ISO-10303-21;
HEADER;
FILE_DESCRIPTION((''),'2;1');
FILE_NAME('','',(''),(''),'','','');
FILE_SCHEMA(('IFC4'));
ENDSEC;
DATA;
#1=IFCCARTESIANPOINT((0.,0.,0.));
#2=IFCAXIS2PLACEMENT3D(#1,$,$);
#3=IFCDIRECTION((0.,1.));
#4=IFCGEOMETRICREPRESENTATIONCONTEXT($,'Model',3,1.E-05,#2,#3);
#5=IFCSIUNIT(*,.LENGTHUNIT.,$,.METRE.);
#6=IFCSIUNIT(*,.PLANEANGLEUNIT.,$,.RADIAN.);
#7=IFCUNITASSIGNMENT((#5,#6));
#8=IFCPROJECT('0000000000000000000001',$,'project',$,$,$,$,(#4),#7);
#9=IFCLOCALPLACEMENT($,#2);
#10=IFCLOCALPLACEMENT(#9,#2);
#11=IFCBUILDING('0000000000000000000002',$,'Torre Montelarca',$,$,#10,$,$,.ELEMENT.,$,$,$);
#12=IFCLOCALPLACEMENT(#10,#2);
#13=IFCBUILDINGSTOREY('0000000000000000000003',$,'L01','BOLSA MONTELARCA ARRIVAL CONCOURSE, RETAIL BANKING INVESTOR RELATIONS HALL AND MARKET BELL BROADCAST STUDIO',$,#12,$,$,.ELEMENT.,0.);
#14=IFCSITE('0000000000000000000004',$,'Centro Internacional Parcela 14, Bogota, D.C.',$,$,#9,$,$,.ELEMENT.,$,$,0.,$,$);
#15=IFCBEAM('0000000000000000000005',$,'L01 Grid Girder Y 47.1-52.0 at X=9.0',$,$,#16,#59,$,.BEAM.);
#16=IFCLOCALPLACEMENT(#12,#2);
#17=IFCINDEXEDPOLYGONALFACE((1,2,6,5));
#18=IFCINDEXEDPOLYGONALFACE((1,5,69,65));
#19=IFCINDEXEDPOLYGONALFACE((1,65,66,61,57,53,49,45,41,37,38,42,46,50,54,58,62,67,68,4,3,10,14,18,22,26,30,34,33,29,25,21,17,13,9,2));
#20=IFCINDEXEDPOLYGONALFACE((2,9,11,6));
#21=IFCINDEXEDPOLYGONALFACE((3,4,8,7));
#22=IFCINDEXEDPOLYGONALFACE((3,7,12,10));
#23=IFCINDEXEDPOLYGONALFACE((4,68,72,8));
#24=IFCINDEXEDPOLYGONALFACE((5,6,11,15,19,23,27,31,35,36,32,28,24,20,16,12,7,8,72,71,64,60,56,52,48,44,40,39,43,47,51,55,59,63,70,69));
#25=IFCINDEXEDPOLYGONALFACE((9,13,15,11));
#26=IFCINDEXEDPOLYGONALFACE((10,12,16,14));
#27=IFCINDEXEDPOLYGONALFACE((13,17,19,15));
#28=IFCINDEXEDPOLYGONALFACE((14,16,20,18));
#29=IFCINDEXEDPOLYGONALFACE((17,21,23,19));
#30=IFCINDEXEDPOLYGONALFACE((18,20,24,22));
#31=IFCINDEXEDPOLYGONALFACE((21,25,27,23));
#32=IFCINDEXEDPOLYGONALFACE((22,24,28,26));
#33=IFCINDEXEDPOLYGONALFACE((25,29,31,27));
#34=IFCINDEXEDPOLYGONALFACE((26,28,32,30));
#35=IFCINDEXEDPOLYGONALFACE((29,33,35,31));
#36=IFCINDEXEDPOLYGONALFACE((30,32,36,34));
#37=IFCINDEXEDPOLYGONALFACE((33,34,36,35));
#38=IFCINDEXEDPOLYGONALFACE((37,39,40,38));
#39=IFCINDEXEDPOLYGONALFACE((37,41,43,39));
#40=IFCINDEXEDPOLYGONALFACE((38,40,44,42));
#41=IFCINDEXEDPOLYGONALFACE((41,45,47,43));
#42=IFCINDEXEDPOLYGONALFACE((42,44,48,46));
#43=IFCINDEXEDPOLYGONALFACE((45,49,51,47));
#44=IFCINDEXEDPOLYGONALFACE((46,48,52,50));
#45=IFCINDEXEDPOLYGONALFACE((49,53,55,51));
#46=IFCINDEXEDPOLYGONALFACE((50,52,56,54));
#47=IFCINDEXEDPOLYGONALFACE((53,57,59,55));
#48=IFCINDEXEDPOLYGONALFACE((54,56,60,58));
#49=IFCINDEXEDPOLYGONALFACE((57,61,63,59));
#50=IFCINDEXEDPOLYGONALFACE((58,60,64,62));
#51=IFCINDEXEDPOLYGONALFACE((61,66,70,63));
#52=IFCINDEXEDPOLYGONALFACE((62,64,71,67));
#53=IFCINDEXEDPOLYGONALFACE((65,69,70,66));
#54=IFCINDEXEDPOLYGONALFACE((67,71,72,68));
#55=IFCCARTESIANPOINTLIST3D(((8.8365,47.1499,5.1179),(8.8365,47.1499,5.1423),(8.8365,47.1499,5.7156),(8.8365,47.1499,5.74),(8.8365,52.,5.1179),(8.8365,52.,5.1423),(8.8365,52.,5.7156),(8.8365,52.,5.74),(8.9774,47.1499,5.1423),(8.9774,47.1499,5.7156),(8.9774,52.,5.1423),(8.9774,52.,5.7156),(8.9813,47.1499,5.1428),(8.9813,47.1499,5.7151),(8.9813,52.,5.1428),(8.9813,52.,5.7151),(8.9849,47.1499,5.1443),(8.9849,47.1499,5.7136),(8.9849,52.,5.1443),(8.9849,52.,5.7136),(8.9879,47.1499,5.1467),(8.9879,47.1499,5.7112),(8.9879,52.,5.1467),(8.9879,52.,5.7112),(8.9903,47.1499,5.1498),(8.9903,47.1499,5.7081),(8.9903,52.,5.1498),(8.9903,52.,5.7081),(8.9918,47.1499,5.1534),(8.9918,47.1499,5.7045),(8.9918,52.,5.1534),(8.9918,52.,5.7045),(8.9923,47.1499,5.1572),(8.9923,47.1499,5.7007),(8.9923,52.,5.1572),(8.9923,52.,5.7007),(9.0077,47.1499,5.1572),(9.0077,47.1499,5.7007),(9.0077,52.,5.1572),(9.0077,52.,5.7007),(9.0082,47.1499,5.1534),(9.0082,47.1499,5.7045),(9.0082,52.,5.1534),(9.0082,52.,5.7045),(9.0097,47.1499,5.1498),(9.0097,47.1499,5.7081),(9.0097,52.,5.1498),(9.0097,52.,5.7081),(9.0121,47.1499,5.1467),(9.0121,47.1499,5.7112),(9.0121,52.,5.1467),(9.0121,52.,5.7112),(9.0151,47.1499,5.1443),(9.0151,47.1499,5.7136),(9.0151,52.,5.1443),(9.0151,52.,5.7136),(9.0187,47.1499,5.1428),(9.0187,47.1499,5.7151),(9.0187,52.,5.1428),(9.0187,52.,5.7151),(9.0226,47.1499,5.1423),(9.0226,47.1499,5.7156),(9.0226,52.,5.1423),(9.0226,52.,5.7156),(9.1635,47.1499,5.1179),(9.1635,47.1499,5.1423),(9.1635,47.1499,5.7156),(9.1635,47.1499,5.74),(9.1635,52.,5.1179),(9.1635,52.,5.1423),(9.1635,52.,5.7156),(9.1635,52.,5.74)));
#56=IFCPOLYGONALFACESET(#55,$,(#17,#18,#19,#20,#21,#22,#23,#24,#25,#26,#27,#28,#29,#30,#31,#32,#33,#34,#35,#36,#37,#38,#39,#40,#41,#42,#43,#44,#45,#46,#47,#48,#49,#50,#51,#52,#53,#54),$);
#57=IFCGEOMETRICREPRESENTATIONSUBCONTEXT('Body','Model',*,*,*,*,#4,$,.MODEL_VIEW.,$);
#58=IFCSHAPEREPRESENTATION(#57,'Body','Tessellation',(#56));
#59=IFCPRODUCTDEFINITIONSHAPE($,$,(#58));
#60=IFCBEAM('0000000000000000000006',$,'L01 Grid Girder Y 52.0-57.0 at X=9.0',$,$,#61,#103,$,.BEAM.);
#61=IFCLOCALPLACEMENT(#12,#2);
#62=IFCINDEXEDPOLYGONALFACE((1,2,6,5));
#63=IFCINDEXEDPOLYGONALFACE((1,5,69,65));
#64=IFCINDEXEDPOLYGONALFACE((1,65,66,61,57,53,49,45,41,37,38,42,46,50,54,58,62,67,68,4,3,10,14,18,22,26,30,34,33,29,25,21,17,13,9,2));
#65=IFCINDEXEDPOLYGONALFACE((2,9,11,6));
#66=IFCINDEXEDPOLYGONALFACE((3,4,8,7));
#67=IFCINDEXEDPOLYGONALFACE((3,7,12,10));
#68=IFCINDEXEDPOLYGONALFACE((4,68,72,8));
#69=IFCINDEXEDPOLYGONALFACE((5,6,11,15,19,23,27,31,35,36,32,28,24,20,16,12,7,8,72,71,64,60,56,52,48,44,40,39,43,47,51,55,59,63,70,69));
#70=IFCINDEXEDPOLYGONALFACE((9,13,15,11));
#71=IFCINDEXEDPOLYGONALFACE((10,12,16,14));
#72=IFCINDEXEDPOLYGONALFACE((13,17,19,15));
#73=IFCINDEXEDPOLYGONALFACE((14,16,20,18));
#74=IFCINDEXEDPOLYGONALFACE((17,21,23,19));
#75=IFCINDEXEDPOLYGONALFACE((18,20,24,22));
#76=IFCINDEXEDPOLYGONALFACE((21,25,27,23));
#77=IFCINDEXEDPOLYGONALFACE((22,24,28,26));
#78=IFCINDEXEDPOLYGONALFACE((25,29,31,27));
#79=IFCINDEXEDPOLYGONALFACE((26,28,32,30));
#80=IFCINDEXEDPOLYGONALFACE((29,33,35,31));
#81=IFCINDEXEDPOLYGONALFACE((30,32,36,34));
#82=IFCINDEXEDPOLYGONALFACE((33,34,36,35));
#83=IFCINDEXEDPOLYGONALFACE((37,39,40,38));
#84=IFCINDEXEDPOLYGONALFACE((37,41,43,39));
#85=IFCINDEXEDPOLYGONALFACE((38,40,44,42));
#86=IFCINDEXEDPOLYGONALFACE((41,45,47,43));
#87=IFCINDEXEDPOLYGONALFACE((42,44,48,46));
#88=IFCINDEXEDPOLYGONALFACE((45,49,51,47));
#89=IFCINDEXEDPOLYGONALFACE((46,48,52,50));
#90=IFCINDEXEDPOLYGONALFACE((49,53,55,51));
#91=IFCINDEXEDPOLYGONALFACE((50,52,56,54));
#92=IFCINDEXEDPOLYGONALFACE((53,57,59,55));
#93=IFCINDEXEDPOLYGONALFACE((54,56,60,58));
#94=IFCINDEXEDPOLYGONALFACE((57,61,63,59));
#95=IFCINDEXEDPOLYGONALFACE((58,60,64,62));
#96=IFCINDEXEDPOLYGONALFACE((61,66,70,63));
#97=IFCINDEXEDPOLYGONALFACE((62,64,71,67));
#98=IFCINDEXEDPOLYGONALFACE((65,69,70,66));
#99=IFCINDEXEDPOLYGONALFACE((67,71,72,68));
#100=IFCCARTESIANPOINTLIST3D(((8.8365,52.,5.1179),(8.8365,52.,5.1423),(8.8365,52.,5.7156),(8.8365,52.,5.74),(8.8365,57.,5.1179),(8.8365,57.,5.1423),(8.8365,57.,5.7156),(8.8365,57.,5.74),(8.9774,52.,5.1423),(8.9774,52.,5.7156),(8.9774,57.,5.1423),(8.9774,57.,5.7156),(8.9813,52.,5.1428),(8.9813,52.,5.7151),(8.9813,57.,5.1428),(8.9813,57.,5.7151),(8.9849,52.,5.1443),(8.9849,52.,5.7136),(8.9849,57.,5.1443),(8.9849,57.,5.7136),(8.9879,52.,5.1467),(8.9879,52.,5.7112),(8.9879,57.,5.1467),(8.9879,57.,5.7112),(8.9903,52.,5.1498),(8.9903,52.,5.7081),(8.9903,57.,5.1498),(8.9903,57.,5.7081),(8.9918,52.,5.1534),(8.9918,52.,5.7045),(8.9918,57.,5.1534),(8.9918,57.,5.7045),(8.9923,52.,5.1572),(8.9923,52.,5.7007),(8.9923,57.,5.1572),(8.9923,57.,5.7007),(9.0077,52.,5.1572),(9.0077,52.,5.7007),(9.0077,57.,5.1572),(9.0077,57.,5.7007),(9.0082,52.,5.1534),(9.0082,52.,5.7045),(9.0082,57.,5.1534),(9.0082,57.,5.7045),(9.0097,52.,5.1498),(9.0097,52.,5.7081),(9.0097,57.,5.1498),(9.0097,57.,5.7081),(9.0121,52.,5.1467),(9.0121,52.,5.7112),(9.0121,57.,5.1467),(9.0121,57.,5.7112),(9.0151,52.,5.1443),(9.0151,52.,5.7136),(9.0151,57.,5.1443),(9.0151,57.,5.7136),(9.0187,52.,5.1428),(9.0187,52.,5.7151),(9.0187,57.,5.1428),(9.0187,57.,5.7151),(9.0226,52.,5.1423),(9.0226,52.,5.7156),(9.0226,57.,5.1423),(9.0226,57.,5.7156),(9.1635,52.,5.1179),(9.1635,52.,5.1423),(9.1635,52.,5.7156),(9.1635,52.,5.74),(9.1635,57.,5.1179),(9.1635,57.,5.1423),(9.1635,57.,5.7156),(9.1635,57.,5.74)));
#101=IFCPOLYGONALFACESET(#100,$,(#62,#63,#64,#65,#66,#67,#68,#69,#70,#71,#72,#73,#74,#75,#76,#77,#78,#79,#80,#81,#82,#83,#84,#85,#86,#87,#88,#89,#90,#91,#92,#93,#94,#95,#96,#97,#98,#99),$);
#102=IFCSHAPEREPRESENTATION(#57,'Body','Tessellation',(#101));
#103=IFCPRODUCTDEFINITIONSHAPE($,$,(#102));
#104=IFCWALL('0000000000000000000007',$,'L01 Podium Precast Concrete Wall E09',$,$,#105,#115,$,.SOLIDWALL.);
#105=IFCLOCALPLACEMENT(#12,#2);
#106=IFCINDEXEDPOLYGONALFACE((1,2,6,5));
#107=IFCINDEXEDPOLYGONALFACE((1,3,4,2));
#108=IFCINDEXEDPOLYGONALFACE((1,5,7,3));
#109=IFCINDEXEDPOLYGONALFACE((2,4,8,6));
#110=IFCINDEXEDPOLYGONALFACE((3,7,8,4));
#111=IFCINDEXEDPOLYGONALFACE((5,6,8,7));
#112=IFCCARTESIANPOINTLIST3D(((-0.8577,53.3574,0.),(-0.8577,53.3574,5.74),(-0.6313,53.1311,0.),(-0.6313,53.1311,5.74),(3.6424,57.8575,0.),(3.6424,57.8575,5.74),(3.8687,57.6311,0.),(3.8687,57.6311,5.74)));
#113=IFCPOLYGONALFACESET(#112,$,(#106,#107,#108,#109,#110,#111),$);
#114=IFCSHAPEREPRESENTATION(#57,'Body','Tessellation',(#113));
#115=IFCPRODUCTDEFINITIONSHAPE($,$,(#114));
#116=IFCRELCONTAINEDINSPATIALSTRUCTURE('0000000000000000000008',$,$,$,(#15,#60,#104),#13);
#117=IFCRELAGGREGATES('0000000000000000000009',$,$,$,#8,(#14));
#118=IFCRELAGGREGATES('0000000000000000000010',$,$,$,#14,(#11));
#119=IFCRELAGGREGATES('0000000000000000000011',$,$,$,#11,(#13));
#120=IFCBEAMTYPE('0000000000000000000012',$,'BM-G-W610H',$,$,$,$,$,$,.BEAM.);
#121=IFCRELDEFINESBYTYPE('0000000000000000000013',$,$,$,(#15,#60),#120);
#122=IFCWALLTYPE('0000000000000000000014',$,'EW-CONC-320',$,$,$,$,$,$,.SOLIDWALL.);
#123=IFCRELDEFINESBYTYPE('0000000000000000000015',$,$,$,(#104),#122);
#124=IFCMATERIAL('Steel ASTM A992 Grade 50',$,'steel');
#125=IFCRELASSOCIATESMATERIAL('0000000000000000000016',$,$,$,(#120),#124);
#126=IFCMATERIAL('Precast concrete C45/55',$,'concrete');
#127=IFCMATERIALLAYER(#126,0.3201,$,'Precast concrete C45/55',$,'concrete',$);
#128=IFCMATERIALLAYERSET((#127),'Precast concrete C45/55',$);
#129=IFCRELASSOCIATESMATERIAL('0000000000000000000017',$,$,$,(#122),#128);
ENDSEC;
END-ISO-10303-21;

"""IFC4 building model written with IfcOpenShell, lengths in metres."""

from ifc_helpers import new_model, si_unit, direction, frame, frame_2d, origin, origin_2d, place, context, subcontext, project, spatial, rectangle, i_section, extrude, source, transform, mapped, material, layer, layer_set, material_profile, profile_set, type_object, element, save


model = new_model("IFC4")

# Units and contexts
model_context = context("Model", 3, precision=1e-05, world=origin(), true_north=direction((0.0, 1.0)))
body_context = subcontext(model_context, "Body", "Model", "MODEL_VIEW")
ifc_project = project(units=[si_unit("LENGTHUNIT", "METRE"), si_unit("PLANEANGLEUNIT", "RADIAN")], contexts=[model_context])

# Site, building, storey
site_placement = place(None, origin())
site = spatial("IfcSite", under=ifc_project, at=site_placement, Name="Centro Internacional Parcela 14, Bogota, D.C.", CompositionType="ELEMENT", RefElevation=0.0)
building_placement = place(site_placement, origin())
building = spatial("IfcBuilding", under=site, at=building_placement, Name="Torre Montelarca", CompositionType="ELEMENT")
storey_placement = place(building_placement, origin())
storey = spatial("IfcBuildingStorey", under=building, at=storey_placement, Name="L01", Description="BOLSA MONTELARCA ARRIVAL CONCOURSE, RETAIL BANKING INVESTOR RELATIONS HALL AND MARKET BELL BROADCAST STUDIO", CompositionType="ELEMENT", Elevation=0.0)

# Beams
ifc_material_1 = material(Name="Steel ASTM A992 Grade 50", Category="steel")
ifc_material_profile_1 = material_profile(ifc_material_1, i_section(OverallWidth=0.3269, OverallDepth=0.6221, WebThickness=0.0154, FlangeThickness=0.0244, FilletRadius=0.0149, at=origin_2d()), Name="W610X195", Category="steel")
ifc_profile_set_1 = profile_set([ifc_material_profile_1], Name="Steel ASTM A992 Grade 50")
beam_type_1 = type_object("IfcBeamType", Name="BM-G-W610H", PredefinedType="BEAM", material=ifc_profile_set_1)
shared_shape_1 = source(origin(), body_context, "Body", "SweptSolid", [
    extrude(i_section(OverallWidth=0.3269, OverallDepth=0.6221, WebThickness=0.0154, FlangeThickness=0.0244, FilletRadius=0.0149, at=origin_2d()), origin(), (0.0, 0.0, 1.0), 4.8501),
])
beam_1_placement = place(storey_placement, frame((9.0, 47.1499, 5.429), z_axis=(0.0, 1.0, 0.0), x_axis=(-1.0, 0.0, 0.0)))
element("IfcBeam", 1, at=beam_1_placement, inside=storey, type_object=beam_type_1, Name="L01 Grid Girder Y 47.1-52.0 at X=9.0", PredefinedType="BEAM", context=body_context, shape_type="MappedRepresentation", body=[
    mapped(shared_shape_1, transform((0.0, 0.0, 0.0), scale=1.0)),
])
shared_shape_2 = source(origin(), body_context, "Body", "SweptSolid", [
    extrude(i_section(OverallWidth=0.3269, OverallDepth=0.6221, WebThickness=0.0154, FlangeThickness=0.0244, FilletRadius=0.0149, at=origin_2d()), origin(), (0.0, 0.0, 1.0), 5.0),
])
beam_2_placement = place(storey_placement, frame((9.0, 52.0, 5.429), z_axis=(0.0, 1.0, 0.0), x_axis=(-1.0, 0.0, 0.0)))
element("IfcBeam", 2, at=beam_2_placement, inside=storey, type_object=beam_type_1, Name="L01 Grid Girder Y 52.0-57.0 at X=9.0", PredefinedType="BEAM", context=body_context, shape_type="MappedRepresentation", body=[
    mapped(shared_shape_2, transform((0.0, 0.0, 0.0), scale=1.0)),
])

# Wall
ifc_material_2 = material(Name="Precast concrete C45/55", Category="concrete")
ifc_layer = layer(ifc_material_2, 0.3201, Name="Precast concrete C45/55", Category="concrete")
ifc_layer_set = layer_set([ifc_layer], Name="Precast concrete C45/55")
wall_type = type_object("IfcWallType", Name="EW-CONC-320", PredefinedType="SOLIDWALL", material=ifc_layer_set)
wall_placement = place(storey_placement, frame((3.7556, 57.7444, 0.0), z_axis=(0.0, 0.0, 1.0), x_axis=(-0.707107, -0.707107, 0.0)))
element("IfcWall", 3, at=wall_placement, inside=storey, type_object=wall_type, Name="L01 Podium Precast Concrete Wall E09", PredefinedType="SOLIDWALL", context=body_context, shape_type="SweptSolid", body=[
    extrude(rectangle(XDim=6.364, YDim=0.3201, at=frame_2d((3.1821, 0.0))), origin(), (0.0, 0.0, 1.0), 5.74),
])

save(model, "model.ifc")
